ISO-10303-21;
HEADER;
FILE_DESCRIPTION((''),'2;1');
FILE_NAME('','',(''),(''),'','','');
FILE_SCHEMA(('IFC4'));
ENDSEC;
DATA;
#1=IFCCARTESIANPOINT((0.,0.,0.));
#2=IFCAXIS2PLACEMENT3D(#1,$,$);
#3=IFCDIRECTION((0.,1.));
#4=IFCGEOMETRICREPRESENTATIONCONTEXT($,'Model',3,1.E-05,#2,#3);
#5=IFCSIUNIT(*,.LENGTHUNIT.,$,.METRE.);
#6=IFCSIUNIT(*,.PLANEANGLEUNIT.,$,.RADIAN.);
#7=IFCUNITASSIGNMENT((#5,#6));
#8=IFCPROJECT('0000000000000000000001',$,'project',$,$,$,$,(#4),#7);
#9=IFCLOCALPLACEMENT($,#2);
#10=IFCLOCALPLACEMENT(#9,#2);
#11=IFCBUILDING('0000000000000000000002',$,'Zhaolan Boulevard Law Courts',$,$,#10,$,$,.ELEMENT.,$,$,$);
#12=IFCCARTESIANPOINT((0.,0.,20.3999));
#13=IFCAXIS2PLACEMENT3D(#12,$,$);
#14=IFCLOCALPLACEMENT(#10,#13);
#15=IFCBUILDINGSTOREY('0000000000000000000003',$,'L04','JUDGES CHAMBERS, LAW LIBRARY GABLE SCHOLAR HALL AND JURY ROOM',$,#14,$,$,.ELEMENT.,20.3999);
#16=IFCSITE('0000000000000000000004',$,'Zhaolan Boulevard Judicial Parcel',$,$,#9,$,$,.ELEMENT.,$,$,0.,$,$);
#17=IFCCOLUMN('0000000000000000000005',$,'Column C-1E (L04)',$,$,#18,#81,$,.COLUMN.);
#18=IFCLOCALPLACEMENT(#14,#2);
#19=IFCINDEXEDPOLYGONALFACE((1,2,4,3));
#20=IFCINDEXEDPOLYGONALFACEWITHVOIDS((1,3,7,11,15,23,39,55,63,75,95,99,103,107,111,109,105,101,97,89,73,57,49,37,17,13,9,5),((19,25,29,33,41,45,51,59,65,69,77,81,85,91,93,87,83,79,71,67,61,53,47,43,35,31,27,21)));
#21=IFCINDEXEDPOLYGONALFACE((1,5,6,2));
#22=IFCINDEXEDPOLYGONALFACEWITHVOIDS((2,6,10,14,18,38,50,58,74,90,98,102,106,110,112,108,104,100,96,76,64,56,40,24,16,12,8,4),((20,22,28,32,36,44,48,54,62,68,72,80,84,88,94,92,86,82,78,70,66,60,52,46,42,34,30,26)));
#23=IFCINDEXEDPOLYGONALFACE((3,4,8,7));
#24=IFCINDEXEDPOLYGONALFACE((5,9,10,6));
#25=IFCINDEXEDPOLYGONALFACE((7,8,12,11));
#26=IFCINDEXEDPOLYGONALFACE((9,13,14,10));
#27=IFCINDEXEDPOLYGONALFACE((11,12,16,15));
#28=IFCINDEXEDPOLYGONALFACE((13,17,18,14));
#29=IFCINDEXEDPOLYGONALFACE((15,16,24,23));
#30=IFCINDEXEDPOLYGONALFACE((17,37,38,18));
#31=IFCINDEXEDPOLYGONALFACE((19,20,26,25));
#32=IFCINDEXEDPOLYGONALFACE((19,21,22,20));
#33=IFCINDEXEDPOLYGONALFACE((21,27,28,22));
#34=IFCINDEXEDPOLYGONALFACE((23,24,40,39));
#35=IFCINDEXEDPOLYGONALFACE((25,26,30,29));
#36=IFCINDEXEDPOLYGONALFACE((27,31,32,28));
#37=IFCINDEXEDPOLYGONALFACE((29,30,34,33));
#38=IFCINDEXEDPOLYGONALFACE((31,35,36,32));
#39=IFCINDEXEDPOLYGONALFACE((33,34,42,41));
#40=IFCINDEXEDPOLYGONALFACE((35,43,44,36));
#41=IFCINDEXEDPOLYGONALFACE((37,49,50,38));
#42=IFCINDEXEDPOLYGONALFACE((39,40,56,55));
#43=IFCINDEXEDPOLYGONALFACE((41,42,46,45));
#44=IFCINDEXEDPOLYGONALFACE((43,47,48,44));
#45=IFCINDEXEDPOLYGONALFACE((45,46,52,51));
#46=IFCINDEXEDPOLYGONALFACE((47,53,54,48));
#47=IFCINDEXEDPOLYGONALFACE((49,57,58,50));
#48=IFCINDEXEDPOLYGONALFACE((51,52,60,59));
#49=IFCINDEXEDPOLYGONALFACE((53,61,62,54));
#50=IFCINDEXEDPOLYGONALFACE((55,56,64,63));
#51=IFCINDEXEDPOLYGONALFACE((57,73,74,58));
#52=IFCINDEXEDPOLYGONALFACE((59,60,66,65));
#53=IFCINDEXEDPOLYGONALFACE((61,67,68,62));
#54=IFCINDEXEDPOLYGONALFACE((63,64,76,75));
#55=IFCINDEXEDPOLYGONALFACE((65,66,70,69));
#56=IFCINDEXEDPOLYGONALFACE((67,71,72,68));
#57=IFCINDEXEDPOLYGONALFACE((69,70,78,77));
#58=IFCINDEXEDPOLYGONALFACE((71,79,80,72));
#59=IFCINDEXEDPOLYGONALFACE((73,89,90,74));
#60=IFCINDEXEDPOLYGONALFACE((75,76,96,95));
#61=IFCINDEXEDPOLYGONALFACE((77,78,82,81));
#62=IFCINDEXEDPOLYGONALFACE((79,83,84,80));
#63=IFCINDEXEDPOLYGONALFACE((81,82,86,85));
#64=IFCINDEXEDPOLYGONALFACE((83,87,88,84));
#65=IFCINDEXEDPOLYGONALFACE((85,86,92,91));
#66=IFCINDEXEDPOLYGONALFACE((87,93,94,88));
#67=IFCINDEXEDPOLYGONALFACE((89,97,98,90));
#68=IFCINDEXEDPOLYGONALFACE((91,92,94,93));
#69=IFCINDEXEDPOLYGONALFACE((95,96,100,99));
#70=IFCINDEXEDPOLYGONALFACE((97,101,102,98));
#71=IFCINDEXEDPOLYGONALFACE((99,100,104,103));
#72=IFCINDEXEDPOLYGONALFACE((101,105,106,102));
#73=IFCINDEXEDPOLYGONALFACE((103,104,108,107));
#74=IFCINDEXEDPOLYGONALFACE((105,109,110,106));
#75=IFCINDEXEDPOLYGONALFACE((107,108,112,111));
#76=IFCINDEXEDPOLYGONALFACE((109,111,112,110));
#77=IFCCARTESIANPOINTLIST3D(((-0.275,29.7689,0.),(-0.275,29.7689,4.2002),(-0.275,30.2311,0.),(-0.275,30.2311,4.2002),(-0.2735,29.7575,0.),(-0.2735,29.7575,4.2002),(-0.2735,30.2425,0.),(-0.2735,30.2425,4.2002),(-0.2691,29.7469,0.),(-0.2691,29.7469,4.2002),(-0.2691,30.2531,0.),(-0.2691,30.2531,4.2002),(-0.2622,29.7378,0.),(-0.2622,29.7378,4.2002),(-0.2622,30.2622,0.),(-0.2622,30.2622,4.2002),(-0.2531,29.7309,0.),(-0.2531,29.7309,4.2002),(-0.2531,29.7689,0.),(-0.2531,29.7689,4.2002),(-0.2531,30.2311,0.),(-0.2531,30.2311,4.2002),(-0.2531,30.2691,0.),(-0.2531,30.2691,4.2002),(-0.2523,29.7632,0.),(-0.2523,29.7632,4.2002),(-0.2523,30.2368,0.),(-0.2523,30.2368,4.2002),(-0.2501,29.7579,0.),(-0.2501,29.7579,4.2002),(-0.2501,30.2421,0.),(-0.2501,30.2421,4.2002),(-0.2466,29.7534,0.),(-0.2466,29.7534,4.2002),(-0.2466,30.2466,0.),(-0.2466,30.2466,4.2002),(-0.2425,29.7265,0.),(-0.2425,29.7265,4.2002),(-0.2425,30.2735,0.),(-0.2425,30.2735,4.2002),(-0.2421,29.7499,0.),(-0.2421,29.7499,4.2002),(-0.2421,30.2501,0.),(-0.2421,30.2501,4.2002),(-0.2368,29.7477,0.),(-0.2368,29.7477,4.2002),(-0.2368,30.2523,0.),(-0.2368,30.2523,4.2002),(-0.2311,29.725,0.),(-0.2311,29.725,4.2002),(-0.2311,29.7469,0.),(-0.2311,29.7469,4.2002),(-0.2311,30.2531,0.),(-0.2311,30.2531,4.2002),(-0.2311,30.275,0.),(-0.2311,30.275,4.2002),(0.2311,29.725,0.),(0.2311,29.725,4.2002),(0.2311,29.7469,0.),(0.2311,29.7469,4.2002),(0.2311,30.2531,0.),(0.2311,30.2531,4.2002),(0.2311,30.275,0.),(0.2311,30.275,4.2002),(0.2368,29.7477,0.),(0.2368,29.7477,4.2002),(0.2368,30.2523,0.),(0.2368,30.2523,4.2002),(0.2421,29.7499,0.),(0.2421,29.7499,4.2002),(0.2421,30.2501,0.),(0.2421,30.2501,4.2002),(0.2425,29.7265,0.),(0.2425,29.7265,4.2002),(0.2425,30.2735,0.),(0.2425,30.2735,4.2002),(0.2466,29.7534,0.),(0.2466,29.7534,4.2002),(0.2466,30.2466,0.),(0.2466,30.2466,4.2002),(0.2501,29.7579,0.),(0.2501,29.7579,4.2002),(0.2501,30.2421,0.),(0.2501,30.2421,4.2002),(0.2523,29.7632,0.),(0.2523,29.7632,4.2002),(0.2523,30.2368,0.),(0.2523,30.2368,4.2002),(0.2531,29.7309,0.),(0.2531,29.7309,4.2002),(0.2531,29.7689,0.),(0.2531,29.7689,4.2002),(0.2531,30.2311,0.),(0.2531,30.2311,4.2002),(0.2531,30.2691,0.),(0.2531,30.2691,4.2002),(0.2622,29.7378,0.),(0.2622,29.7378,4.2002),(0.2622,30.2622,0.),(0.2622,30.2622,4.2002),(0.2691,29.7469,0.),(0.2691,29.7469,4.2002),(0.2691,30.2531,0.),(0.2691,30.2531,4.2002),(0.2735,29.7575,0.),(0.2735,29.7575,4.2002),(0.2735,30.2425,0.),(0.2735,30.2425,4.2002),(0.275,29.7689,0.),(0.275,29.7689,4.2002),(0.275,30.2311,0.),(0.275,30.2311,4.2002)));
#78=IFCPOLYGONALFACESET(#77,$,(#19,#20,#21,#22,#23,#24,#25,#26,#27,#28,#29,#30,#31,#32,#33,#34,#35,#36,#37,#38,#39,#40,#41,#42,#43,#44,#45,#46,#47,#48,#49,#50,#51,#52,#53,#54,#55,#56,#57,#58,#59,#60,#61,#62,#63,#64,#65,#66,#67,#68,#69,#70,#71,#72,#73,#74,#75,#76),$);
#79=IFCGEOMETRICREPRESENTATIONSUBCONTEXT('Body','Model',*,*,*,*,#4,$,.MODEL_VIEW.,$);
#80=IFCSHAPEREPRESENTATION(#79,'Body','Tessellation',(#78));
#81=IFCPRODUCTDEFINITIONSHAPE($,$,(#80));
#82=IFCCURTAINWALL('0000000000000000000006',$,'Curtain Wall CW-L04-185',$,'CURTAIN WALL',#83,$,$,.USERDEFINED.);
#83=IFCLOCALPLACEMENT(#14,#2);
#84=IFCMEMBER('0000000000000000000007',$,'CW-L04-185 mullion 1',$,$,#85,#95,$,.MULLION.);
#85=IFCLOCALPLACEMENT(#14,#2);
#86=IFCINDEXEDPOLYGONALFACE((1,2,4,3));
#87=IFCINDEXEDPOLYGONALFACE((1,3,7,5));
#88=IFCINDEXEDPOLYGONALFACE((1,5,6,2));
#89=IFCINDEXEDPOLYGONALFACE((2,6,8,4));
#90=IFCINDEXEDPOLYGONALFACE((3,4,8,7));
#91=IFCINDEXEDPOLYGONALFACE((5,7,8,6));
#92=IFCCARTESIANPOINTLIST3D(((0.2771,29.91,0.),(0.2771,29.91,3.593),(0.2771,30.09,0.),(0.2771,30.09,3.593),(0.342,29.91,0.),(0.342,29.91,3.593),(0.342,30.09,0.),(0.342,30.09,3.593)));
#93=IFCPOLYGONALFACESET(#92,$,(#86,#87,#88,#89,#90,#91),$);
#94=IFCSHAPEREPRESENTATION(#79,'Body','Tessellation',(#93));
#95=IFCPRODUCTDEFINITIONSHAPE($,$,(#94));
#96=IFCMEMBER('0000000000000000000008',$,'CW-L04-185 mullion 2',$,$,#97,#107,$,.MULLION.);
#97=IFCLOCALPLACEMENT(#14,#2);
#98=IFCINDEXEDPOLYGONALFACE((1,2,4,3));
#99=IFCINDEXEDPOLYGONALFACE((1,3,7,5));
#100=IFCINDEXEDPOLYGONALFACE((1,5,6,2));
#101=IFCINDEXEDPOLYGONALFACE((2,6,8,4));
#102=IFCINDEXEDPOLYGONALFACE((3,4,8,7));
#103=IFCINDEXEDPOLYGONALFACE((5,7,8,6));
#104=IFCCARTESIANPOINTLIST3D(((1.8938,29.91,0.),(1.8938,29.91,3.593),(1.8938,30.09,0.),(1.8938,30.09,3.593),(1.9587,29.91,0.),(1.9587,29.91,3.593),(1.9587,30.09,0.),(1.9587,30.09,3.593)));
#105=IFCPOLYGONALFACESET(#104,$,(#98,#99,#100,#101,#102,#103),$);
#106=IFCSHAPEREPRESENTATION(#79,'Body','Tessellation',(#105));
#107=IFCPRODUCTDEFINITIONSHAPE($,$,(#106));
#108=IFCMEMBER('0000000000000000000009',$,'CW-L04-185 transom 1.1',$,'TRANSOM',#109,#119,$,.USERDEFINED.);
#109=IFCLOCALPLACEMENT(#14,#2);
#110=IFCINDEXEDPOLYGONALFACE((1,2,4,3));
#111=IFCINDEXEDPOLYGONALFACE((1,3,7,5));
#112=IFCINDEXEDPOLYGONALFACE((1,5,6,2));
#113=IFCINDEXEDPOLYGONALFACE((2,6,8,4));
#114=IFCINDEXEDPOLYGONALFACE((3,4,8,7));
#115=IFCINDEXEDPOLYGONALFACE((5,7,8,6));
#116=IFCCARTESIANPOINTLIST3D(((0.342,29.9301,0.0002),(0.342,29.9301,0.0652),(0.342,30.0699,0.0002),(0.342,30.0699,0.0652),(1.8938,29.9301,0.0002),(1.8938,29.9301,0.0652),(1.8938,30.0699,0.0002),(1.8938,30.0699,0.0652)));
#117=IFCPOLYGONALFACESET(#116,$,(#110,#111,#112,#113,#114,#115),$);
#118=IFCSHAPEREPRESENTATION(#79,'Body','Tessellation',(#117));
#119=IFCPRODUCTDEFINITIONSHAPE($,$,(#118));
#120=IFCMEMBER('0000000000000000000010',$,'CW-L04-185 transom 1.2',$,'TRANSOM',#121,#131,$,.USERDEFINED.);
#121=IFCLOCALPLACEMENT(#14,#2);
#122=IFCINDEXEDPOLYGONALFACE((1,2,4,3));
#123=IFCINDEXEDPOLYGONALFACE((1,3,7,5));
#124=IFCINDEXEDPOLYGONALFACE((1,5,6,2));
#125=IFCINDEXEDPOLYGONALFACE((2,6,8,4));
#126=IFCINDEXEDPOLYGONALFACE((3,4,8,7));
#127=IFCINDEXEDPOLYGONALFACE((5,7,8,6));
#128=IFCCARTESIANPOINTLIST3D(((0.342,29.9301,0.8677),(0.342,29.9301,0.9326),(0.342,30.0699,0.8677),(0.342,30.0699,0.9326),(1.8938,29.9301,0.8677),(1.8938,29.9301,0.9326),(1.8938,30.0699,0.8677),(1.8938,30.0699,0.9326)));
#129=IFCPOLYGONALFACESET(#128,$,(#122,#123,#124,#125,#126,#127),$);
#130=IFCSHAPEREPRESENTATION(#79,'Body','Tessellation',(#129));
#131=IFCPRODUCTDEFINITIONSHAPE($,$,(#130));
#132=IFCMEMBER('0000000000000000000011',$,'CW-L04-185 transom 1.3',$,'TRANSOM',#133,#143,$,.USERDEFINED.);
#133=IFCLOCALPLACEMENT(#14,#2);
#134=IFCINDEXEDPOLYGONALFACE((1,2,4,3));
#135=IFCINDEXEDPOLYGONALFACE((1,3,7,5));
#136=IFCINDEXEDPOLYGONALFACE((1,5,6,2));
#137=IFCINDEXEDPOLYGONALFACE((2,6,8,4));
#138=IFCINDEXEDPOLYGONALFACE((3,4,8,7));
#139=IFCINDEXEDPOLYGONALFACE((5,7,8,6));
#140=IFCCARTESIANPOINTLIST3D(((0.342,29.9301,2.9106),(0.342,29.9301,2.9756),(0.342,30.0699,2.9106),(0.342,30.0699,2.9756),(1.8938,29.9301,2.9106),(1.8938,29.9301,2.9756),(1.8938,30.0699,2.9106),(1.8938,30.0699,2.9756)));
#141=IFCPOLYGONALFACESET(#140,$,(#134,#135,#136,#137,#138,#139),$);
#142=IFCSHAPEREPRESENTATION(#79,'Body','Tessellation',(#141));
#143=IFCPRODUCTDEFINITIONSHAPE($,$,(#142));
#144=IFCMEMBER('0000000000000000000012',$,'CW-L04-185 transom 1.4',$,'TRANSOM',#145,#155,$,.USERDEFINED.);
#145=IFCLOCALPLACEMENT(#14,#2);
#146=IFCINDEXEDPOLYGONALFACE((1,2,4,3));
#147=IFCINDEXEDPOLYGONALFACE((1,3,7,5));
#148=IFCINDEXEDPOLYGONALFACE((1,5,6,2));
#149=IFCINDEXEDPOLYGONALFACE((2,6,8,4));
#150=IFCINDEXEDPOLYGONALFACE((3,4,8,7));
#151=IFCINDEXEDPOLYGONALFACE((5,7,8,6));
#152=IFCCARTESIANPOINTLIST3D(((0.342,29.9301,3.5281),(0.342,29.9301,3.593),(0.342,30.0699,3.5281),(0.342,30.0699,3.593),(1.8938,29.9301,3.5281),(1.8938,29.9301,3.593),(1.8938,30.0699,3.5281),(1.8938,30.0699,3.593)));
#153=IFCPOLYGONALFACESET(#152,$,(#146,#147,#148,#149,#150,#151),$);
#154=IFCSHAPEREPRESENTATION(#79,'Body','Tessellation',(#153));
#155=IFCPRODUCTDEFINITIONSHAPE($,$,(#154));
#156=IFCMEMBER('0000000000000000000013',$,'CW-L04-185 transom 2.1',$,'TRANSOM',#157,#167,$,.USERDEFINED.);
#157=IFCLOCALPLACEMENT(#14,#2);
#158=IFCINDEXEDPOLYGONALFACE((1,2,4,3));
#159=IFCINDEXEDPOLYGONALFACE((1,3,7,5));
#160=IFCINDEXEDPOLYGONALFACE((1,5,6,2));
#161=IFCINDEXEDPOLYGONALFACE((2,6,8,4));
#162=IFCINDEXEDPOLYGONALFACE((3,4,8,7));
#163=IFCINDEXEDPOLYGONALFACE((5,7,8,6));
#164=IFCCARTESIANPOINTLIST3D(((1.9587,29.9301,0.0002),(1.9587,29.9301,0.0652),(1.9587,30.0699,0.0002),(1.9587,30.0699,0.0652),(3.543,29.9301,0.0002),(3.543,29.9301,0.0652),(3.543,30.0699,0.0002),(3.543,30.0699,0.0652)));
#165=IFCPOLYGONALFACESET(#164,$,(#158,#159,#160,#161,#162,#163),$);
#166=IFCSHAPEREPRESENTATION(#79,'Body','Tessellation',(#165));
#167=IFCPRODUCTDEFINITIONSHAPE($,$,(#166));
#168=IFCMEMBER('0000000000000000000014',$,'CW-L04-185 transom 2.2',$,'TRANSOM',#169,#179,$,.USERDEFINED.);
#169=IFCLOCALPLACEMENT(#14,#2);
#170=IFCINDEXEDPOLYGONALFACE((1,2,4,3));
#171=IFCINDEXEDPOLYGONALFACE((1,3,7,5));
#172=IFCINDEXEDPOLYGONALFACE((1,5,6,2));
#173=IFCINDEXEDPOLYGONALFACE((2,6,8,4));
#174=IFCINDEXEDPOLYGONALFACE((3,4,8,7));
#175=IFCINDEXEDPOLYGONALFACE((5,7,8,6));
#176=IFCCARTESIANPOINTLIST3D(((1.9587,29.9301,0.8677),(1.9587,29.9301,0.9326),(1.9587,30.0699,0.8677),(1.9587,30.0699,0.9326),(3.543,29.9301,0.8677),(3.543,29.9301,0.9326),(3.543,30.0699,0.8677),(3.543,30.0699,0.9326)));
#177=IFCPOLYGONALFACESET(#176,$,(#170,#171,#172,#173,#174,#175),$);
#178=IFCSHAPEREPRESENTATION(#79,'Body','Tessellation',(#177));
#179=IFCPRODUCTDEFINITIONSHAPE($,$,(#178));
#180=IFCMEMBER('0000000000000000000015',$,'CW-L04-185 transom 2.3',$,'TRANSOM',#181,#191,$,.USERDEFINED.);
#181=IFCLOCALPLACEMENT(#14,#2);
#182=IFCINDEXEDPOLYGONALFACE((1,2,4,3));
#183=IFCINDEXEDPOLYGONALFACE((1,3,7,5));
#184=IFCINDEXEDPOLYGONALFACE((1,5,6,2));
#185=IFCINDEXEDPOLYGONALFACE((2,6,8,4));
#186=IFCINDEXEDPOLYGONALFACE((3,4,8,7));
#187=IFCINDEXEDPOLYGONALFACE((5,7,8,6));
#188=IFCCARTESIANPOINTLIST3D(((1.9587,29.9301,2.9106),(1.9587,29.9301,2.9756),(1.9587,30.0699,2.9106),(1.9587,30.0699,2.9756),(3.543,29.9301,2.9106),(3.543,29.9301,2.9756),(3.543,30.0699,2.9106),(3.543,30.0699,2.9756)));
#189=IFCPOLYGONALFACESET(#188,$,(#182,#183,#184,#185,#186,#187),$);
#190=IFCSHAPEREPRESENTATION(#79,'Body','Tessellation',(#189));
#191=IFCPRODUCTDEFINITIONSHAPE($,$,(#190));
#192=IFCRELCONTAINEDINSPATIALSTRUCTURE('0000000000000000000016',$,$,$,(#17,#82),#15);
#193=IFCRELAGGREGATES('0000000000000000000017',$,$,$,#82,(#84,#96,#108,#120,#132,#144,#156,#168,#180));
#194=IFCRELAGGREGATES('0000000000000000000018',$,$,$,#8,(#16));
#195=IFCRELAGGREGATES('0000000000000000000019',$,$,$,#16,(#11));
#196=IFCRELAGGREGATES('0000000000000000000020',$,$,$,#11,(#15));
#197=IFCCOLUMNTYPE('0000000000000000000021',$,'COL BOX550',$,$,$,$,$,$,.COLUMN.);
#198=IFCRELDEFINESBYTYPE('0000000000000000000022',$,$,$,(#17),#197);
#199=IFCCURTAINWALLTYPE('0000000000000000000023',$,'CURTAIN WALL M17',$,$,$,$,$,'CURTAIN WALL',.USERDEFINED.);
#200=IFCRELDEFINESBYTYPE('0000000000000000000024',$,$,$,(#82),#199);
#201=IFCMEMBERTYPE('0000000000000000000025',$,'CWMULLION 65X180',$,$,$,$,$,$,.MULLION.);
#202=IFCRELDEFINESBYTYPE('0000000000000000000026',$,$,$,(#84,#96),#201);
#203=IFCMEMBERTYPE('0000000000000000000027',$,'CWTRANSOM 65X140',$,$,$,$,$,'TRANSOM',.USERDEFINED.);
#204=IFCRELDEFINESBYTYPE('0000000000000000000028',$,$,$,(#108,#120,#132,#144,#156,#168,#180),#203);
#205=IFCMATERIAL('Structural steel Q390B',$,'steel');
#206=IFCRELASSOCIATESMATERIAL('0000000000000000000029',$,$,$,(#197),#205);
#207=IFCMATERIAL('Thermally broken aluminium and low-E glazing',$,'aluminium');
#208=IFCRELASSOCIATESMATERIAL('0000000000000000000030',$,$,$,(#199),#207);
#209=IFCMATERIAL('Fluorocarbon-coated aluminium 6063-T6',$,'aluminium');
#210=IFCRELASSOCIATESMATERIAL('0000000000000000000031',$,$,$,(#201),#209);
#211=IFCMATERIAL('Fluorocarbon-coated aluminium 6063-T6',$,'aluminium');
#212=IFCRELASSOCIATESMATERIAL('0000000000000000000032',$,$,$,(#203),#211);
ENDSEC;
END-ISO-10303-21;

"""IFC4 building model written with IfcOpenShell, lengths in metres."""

from ifc_helpers import new_model, si_unit, direction, frame, origin, origin_2d, place, context, subcontext, project, spatial, rectangle, hollow_rectangle, extrude, material, material_profile, profile_set, type_object, element, aggregate, save


model = new_model("IFC4")

# Units and contexts
model_context = context("Model", 3, precision=1e-05, world=origin(), true_north=direction((0.0, 1.0)))
body_context = subcontext(model_context, "Body", "Model", "MODEL_VIEW")
ifc_project = project(units=[si_unit("LENGTHUNIT", "METRE"), si_unit("PLANEANGLEUNIT", "RADIAN")], contexts=[model_context])

# Site, building, storey
site_placement = place(None, origin())
site = spatial("IfcSite", under=ifc_project, at=site_placement, Name="Zhaolan Boulevard Judicial Parcel", CompositionType="ELEMENT", RefElevation=0.0)
building_placement = place(site_placement, origin())
building = spatial("IfcBuilding", under=site, at=building_placement, Name="Zhaolan Boulevard Law Courts", CompositionType="ELEMENT")
storey_placement = place(building_placement, frame((0.0, 0.0, 20.3999)))
storey = spatial("IfcBuildingStorey", under=building, at=storey_placement, Name="L04", Description="JUDGES CHAMBERS, LAW LIBRARY GABLE SCHOLAR HALL AND JURY ROOM", CompositionType="ELEMENT", Elevation=20.3999)

# Column
ifc_material_1 = material(Name="Structural steel Q390B", Category="steel")
ifc_material_profile_1 = material_profile(ifc_material_1, hollow_rectangle(XDim=0.55, YDim=0.55, WallThickness=0.022, InnerFilletRadius=0.022, OuterFilletRadius=0.0439, at=origin_2d()), Name="BOX550x550x22")
ifc_profile_set_1 = profile_set([ifc_material_profile_1], Name="Structural steel Q390B")
column_type = type_object("IfcColumnType", Name="COL BOX550", PredefinedType="COLUMN", material=ifc_profile_set_1)
column_placement = place(storey_placement, frame((0.0, 30.0, 0.0), z_axis=(0.0, 0.0, 1.0), x_axis=(1.0, 0.0, 0.0)))
element("IfcColumn", 1, at=column_placement, inside=storey, type_object=column_type, Name="Column C-1E (L04)", PredefinedType="COLUMN", context=body_context, shape_type="SweptSolid", body=[
    extrude(hollow_rectangle(XDim=0.55, YDim=0.55, WallThickness=0.022, InnerFilletRadius=0.022, OuterFilletRadius=0.0439, at=origin_2d()), origin(), (0.0, 0.0, 1.0), 4.2002),
])

# Curtain wall, members
ifc_material_2 = material(Name="Thermally broken aluminium and low-E glazing", Category="aluminium")
curtain_wall_type = type_object("IfcCurtainWallType", Name="CURTAIN WALL M17", ElementType="CURTAIN WALL", PredefinedType="USERDEFINED", material=ifc_material_2)
curtain_wall_placement = place(storey_placement, origin())
curtain_wall = element("IfcCurtainWall", 2, at=curtain_wall_placement, inside=storey, type_object=curtain_wall_type, Name="Curtain Wall CW-L04-185", ObjectType="CURTAIN WALL", PredefinedType="USERDEFINED")
ifc_material_3 = material(Name="Fluorocarbon-coated aluminium 6063-T6", Category="aluminium")
ifc_material_profile_2 = material_profile(ifc_material_3, rectangle(XDim=0.1799, YDim=0.0649, at=origin_2d()), Name="AL65x180")
ifc_profile_set_2 = profile_set([ifc_material_profile_2], Name="Fluorocarbon-coated aluminium 6063-T6")
member_type_1 = type_object("IfcMemberType", Name="CWMULLION 65X180", PredefinedType="MULLION", material=ifc_profile_set_2)
member_1_placement = place(storey_placement, frame((0.3096, 30.0, 0.0), z_axis=(0.0, 0.0, 1.0), x_axis=(0.0, 1.0, 0.0)))
member_1 = element("IfcMember", 3, at=member_1_placement, type_object=member_type_1, Name="CW-L04-185 mullion 1", PredefinedType="MULLION", context=body_context, shape_type="SweptSolid", body=[
    extrude(rectangle(XDim=0.1799, YDim=0.0649, at=origin_2d()), origin(), (0.0, 0.0, 1.0), 3.593),
])
member_2_placement = place(storey_placement, frame((1.9263, 30.0, 0.0), z_axis=(0.0, 0.0, 1.0), x_axis=(0.0, 1.0, 0.0)))
member_2 = element("IfcMember", 4, at=member_2_placement, type_object=member_type_1, Name="CW-L04-185 mullion 2", PredefinedType="MULLION", context=body_context, shape_type="SweptSolid", body=[
    extrude(rectangle(XDim=0.1799, YDim=0.0649, at=origin_2d()), origin(), (0.0, 0.0, 1.0), 3.593),
])
ifc_material_4 = material(Name="Fluorocarbon-coated aluminium 6063-T6", Category="aluminium")
ifc_material_profile_3 = material_profile(ifc_material_4, rectangle(XDim=0.1399, YDim=0.0649, at=origin_2d()), Name="AL65x140")
ifc_profile_set_3 = profile_set([ifc_material_profile_3], Name="Fluorocarbon-coated aluminium 6063-T6")
member_type_2 = type_object("IfcMemberType", Name="CWTRANSOM 65X140", ElementType="TRANSOM", PredefinedType="USERDEFINED", material=ifc_profile_set_3)
member_3_placement = place(storey_placement, frame((0.342, 30.0, 0.0327), z_axis=(1.0, 0.0, 0.0), x_axis=(0.0, 1.0, 0.0)))
member_3 = element("IfcMember", 5, at=member_3_placement, type_object=member_type_2, Name="CW-L04-185 transom 1.1", ObjectType="TRANSOM", PredefinedType="USERDEFINED", context=body_context, shape_type="SweptSolid", body=[
    extrude(rectangle(XDim=0.1399, YDim=0.0649, at=origin_2d()), origin(), (0.0, 0.0, 1.0), 1.5518),
])
member_4_placement = place(storey_placement, frame((0.342, 30.0, 0.9001), z_axis=(1.0, 0.0, 0.0), x_axis=(0.0, 1.0, 0.0)))
member_4 = element("IfcMember", 6, at=member_4_placement, type_object=member_type_2, Name="CW-L04-185 transom 1.2", ObjectType="TRANSOM", PredefinedType="USERDEFINED", context=body_context, shape_type="SweptSolid", body=[
    extrude(rectangle(XDim=0.1399, YDim=0.0649, at=origin_2d()), origin(), (0.0, 0.0, 1.0), 1.5518),
])
member_5_placement = place(storey_placement, frame((0.342, 30.0, 2.9431), z_axis=(1.0, 0.0, 0.0), x_axis=(0.0, 1.0, 0.0)))
member_5 = element("IfcMember", 7, at=member_5_placement, type_object=member_type_2, Name="CW-L04-185 transom 1.3", ObjectType="TRANSOM", PredefinedType="USERDEFINED", context=body_context, shape_type="SweptSolid", body=[
    extrude(rectangle(XDim=0.1399, YDim=0.0649, at=origin_2d()), origin(), (0.0, 0.0, 1.0), 1.5518),
])
member_6_placement = place(storey_placement, frame((0.342, 30.0, 3.5605), z_axis=(1.0, 0.0, 0.0), x_axis=(0.0, 1.0, 0.0)))
member_6 = element("IfcMember", 8, at=member_6_placement, type_object=member_type_2, Name="CW-L04-185 transom 1.4", ObjectType="TRANSOM", PredefinedType="USERDEFINED", context=body_context, shape_type="SweptSolid", body=[
    extrude(rectangle(XDim=0.1399, YDim=0.0649, at=origin_2d()), origin(), (0.0, 0.0, 1.0), 1.5518),
])
member_7_placement = place(storey_placement, frame((1.9587, 30.0, 0.0327), z_axis=(1.0, 0.0, 0.0), x_axis=(0.0, 1.0, 0.0)))
member_7 = element("IfcMember", 9, at=member_7_placement, type_object=member_type_2, Name="CW-L04-185 transom 2.1", ObjectType="TRANSOM", PredefinedType="USERDEFINED", context=body_context, shape_type="SweptSolid", body=[
    extrude(rectangle(XDim=0.1399, YDim=0.0649, at=origin_2d()), origin(), (0.0, 0.0, 1.0), 1.5842),
])
member_8_placement = place(storey_placement, frame((1.9587, 30.0, 0.9001), z_axis=(1.0, 0.0, 0.0), x_axis=(0.0, 1.0, 0.0)))
member_8 = element("IfcMember", 10, at=member_8_placement, type_object=member_type_2, Name="CW-L04-185 transom 2.2", ObjectType="TRANSOM", PredefinedType="USERDEFINED", context=body_context, shape_type="SweptSolid", body=[
    extrude(rectangle(XDim=0.1399, YDim=0.0649, at=origin_2d()), origin(), (0.0, 0.0, 1.0), 1.5842),
])
member_9_placement = place(storey_placement, frame((1.9587, 30.0, 2.9431), z_axis=(1.0, 0.0, 0.0), x_axis=(0.0, 1.0, 0.0)))
member_9 = element("IfcMember", 11, at=member_9_placement, type_object=member_type_2, Name="CW-L04-185 transom 2.3", ObjectType="TRANSOM", PredefinedType="USERDEFINED", context=body_context, shape_type="SweptSolid", body=[
    extrude(rectangle(XDim=0.1399, YDim=0.0649, at=origin_2d()), origin(), (0.0, 0.0, 1.0), 1.5842),
])

aggregate(curtain_wall, [member_1, member_2, member_3, member_4, member_5, member_6, member_7, member_8, member_9])

save(model, "model.ifc")
